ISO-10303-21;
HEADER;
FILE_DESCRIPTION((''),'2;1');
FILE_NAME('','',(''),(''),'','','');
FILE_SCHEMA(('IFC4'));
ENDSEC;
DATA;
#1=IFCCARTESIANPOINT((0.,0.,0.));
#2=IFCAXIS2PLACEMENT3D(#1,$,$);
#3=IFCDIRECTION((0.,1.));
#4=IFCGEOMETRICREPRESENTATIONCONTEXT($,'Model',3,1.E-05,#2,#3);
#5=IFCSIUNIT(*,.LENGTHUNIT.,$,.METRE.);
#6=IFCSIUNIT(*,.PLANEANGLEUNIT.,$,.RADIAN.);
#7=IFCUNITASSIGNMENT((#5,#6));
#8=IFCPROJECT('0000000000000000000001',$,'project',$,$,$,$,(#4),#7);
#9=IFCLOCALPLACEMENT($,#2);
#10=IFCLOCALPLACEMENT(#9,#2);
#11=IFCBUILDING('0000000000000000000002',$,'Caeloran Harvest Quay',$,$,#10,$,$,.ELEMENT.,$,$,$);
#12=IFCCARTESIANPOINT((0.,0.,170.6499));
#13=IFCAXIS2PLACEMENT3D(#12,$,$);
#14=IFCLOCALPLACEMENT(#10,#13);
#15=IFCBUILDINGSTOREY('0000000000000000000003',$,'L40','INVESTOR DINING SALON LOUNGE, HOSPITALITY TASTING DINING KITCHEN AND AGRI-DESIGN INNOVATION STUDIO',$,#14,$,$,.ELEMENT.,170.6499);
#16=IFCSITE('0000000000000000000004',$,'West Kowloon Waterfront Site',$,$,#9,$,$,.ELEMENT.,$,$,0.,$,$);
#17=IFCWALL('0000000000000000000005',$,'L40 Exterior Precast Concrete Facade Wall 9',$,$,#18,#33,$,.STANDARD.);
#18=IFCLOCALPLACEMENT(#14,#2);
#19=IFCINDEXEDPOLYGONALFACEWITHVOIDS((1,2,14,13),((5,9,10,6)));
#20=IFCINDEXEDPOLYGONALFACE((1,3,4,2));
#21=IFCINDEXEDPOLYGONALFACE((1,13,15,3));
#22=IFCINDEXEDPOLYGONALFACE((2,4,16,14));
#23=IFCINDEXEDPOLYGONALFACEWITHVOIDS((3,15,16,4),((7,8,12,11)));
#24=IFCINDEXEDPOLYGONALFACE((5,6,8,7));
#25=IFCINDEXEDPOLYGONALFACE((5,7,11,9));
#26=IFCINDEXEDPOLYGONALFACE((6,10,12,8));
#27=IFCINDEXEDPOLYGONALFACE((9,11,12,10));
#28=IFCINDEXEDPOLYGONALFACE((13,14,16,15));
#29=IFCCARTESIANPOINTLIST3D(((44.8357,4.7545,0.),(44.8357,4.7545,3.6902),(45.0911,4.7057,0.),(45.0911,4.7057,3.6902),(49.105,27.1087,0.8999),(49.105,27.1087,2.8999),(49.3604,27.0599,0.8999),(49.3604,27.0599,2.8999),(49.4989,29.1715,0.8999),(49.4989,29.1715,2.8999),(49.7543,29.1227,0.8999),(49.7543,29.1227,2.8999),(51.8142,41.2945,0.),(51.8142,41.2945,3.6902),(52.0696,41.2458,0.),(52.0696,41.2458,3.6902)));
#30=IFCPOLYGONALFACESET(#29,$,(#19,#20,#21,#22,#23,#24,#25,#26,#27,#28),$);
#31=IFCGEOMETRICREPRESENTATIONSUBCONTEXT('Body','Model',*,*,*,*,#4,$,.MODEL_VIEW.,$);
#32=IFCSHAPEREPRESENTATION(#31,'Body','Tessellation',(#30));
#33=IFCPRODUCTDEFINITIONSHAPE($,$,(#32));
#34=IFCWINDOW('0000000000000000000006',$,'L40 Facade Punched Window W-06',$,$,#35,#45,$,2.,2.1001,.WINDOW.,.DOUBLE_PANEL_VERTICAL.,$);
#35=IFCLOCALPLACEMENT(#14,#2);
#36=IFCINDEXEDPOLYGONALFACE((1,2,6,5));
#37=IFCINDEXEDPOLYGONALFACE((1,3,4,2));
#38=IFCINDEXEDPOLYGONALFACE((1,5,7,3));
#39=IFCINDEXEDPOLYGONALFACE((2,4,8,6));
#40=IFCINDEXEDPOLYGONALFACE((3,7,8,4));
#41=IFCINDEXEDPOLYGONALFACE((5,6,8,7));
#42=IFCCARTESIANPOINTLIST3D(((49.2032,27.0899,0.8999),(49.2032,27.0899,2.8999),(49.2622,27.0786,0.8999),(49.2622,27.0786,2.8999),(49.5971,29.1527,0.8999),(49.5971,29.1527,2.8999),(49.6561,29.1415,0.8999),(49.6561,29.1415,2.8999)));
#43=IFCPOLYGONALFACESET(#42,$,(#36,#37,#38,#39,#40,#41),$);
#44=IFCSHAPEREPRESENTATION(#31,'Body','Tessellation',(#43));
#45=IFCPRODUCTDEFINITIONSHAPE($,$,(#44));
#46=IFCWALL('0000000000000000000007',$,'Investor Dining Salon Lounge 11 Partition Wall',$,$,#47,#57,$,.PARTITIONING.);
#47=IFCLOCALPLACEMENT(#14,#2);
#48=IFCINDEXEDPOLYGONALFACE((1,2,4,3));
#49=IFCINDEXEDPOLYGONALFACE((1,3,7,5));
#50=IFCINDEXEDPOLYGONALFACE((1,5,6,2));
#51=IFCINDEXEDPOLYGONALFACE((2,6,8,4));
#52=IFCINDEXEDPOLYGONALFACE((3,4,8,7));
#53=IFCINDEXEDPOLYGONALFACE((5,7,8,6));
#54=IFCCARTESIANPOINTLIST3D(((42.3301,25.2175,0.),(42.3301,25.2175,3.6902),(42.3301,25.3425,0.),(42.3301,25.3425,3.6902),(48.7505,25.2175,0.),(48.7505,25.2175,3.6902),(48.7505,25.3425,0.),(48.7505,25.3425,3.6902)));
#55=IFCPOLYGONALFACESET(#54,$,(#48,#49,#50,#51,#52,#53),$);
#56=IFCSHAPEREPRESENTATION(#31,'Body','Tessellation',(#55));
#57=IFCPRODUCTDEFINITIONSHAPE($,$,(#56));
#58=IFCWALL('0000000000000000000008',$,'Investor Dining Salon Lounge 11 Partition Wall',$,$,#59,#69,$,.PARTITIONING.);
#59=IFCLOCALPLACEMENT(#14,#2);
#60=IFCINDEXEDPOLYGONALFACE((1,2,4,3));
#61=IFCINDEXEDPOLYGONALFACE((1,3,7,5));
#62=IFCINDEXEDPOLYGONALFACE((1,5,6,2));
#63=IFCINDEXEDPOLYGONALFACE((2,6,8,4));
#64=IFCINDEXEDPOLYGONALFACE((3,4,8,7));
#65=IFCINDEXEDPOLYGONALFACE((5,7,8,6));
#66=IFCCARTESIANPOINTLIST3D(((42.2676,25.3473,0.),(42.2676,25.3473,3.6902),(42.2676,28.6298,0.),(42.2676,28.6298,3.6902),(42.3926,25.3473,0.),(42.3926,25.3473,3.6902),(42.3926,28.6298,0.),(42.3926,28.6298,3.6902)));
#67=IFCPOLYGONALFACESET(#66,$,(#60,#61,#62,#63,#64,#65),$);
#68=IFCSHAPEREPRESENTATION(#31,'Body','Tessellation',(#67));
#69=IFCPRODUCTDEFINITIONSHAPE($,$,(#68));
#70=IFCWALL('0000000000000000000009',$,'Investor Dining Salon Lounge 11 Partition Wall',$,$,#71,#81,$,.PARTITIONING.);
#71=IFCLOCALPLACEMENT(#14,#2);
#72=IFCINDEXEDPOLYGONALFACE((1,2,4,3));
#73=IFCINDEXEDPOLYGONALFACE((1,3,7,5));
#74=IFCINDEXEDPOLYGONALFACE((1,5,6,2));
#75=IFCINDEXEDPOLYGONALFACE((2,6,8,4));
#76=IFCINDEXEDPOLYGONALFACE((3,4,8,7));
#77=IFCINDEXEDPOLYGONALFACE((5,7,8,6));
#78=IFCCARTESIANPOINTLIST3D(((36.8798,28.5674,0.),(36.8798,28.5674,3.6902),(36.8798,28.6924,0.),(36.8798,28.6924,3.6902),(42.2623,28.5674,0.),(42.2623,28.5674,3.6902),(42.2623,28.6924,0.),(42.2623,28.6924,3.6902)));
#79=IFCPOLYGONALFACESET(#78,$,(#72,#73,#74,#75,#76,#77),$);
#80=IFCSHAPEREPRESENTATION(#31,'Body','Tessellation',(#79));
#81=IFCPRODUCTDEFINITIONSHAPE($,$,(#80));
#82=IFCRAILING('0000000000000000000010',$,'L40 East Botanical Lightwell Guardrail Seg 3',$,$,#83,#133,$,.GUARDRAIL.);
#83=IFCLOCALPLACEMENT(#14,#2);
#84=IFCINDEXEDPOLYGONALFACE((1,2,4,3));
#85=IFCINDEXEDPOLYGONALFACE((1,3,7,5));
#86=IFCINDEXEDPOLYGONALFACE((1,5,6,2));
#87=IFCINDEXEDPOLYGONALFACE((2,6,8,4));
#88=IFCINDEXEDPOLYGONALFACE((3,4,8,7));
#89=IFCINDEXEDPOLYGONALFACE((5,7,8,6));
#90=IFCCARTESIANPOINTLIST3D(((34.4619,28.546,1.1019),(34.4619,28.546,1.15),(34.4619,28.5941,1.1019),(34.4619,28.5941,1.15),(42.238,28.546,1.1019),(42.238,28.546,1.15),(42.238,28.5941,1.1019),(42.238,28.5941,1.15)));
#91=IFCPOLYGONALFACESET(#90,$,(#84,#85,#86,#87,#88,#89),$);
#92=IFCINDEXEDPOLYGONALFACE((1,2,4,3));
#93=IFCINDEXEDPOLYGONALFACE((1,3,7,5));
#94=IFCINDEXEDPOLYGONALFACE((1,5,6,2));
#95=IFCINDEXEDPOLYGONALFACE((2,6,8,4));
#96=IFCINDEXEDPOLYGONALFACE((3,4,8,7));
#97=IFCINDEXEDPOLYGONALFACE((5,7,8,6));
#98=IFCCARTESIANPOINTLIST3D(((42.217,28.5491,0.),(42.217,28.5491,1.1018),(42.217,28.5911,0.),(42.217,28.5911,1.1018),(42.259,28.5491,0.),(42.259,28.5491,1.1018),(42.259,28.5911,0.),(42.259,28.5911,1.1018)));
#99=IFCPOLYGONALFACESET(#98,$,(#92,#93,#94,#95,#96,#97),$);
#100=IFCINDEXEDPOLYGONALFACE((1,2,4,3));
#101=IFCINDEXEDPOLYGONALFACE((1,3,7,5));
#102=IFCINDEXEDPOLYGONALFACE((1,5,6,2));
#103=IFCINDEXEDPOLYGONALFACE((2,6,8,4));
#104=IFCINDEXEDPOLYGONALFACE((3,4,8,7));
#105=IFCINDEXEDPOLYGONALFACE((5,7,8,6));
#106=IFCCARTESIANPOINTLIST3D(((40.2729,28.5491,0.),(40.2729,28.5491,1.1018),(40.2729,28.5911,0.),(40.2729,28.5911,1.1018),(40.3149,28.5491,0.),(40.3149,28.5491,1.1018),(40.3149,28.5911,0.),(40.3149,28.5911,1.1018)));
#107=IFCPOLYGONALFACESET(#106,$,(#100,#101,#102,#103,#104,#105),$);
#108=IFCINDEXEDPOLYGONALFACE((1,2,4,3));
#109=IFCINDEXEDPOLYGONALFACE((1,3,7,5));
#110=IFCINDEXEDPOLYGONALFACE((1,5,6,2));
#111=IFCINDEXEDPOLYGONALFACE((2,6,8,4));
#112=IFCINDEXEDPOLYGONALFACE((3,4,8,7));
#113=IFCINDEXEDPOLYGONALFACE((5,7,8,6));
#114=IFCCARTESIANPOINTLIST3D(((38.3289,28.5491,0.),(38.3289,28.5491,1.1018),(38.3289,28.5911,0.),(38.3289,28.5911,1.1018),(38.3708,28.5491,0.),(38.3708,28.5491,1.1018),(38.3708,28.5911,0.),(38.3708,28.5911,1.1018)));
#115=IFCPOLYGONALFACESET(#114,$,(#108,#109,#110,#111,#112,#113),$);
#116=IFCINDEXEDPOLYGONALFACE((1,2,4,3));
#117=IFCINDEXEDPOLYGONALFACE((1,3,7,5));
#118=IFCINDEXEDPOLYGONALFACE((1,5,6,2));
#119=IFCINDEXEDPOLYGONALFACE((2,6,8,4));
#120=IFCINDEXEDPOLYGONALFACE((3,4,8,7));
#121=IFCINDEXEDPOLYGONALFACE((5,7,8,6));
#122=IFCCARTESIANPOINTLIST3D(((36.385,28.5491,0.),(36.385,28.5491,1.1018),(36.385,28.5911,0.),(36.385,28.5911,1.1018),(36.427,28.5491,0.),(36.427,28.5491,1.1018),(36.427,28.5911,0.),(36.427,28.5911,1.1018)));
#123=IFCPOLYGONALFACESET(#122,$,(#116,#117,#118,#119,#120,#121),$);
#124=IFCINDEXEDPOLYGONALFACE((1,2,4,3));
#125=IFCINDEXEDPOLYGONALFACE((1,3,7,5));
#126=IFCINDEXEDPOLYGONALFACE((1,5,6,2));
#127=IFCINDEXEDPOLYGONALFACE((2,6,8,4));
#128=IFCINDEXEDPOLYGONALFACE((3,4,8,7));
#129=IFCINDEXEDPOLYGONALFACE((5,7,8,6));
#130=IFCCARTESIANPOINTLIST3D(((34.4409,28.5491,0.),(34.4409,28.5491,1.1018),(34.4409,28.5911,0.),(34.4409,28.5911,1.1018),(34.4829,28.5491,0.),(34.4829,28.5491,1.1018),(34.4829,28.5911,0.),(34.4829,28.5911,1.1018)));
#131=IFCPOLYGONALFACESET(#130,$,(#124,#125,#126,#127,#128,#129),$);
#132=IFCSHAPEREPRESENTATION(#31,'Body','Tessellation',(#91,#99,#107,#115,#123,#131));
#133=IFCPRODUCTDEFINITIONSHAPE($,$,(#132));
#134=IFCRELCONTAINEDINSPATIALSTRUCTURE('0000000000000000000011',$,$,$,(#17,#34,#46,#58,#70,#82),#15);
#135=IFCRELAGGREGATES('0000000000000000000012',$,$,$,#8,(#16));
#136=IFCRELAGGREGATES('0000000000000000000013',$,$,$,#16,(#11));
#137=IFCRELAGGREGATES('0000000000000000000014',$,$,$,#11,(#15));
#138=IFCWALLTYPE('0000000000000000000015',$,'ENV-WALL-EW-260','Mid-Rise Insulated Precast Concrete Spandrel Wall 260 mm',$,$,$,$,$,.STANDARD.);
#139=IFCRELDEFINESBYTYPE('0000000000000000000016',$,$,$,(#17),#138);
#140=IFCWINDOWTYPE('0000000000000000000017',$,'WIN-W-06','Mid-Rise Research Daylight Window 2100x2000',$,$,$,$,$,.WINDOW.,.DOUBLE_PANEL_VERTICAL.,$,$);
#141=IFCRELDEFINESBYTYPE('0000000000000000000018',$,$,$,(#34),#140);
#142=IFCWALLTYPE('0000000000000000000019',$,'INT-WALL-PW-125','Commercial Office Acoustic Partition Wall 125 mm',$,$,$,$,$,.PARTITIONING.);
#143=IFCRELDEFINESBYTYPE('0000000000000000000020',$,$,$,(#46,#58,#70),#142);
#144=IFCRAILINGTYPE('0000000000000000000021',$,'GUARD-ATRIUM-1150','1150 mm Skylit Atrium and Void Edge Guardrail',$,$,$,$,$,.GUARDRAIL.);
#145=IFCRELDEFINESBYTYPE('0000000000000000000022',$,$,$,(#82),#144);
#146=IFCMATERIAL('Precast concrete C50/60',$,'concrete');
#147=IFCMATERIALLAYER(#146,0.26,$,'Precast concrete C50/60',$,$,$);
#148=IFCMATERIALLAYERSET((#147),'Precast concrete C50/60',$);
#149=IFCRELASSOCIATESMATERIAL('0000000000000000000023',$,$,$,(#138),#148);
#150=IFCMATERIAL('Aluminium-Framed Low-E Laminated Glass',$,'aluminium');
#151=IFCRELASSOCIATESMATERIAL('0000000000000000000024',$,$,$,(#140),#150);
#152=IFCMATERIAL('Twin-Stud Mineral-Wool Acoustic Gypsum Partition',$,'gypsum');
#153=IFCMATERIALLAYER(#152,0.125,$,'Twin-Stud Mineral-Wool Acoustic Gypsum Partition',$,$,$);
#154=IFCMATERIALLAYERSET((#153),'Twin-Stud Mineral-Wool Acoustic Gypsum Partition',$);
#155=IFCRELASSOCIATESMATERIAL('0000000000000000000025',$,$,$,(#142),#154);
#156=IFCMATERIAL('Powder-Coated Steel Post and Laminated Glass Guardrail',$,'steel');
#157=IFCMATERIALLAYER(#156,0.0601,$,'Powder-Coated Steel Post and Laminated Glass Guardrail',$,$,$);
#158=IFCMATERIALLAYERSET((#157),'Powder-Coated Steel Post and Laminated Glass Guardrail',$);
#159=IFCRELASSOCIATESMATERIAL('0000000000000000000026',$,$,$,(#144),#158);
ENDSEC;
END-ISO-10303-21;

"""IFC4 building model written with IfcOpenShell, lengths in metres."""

from ifc_helpers import new_model, si_unit, direction, frame, frame_2d, origin, origin_2d, place, context, subcontext, project, spatial, rectangle, extrude, material, layer, layer_set, type_object, element, fill, save


model = new_model("IFC4")

# Units and contexts
model_context = context("Model", 3, precision=1e-05, world=origin(), true_north=direction((0.0, 1.0)))
body_context = subcontext(model_context, "Body", "Model", "MODEL_VIEW")
ifc_project = project(units=[si_unit("LENGTHUNIT", "METRE"), si_unit("PLANEANGLEUNIT", "RADIAN")], contexts=[model_context])

# Site, building, storey
site_placement = place(None, origin())
site = spatial("IfcSite", under=ifc_project, at=site_placement, Name="West Kowloon Waterfront Site", CompositionType="ELEMENT", RefElevation=0.0)
building_placement = place(site_placement, origin())
building = spatial("IfcBuilding", under=site, at=building_placement, Name="Caeloran Harvest Quay", CompositionType="ELEMENT")
storey_placement = place(building_placement, frame((0.0, 0.0, 170.6499)))
storey = spatial("IfcBuildingStorey", under=building, at=storey_placement, Name="L40", Description="INVESTOR DINING SALON LOUNGE, HOSPITALITY TASTING DINING KITCHEN AND AGRI-DESIGN INNOVATION STUDIO", CompositionType="ELEMENT", Elevation=170.6499)

# Shared definitions
ifc_material_1 = material(Name="Precast concrete C50/60", Category="concrete")
ifc_layer_1 = layer(ifc_material_1, 0.26, Name="Precast concrete C50/60")
ifc_layer_set_1 = layer_set([ifc_layer_1], Name="Precast concrete C50/60")
wall_type_1 = type_object("IfcWallType", Name="ENV-WALL-EW-260", Description="Mid-Rise Insulated Precast Concrete Spandrel Wall 260 mm", PredefinedType="STANDARD", material=ifc_layer_set_1)

# Wall, opening, window
wall_1_placement = place(storey_placement, frame((51.9419, 41.27, 0.0), z_axis=(0.0, 0.0, 1.0), x_axis=(-0.187592, -0.982247, 0.0)))
wall_1 = element("IfcWall", 1, at=wall_1_placement, inside=storey, type_object=wall_type_1, Name="L40 Exterior Precast Concrete Facade Wall 9", PredefinedType="STANDARD", context=body_context, shape_type="SweptSolid", body=[
    extrude(rectangle(XDim=37.2004, YDim=0.26, at=frame_2d((18.6001, 0.0))), origin(), (0.0, 0.0, 1.0), 3.6902),
])
opening_placement = place(wall_1_placement, frame((12.342, 0.0, 0.8999)))
opening = element("IfcOpeningElement", 2, at=opening_placement, cuts=wall_1, PredefinedType="OPENING", context=body_context, shape_type="SweptSolid", body=[
    extrude(rectangle(XDim=2.1001, YDim=2.0, at=frame_2d((1.05, 1.0))), frame((0.0, 0.1401, 0.0), z_axis=(0.0, -1.0, 0.0), x_axis=(1.0, 0.0, 0.0)), (0.0, 0.0, 1.0), 0.28),
])
ifc_material_2 = material(Name="Aluminium-Framed Low-E Laminated Glass", Category="aluminium")
window_type = type_object("IfcWindowType", Name="WIN-W-06", Description="Mid-Rise Research Daylight Window 2100x2000", PartitioningType="DOUBLE_PANEL_VERTICAL", PredefinedType="WINDOW", material=ifc_material_2)
window_placement = place(opening_placement, origin())
window = element("IfcWindow", 3, at=window_placement, inside=storey, type_object=window_type, Name="L40 Facade Punched Window W-06", OverallHeight=2.0, OverallWidth=2.1001, PartitioningType="DOUBLE_PANEL_VERTICAL", PredefinedType="WINDOW", context=body_context, shape_type="SweptSolid", body=[
    extrude(rectangle(XDim=2.1001, YDim=2.0, at=frame_2d((1.05, 1.0))), frame((0.0, 0.03, 0.0), z_axis=(0.0, -1.0, 0.0), x_axis=(1.0, 0.0, 0.0)), (0.0, 0.0, 1.0), 0.0601),
])
fill(opening, window)

# Walls
ifc_material_3 = material(Name="Twin-Stud Mineral-Wool Acoustic Gypsum Partition", Category="gypsum")
ifc_layer_2 = layer(ifc_material_3, 0.125, Name="Twin-Stud Mineral-Wool Acoustic Gypsum Partition")
ifc_layer_set_2 = layer_set([ifc_layer_2], Name="Twin-Stud Mineral-Wool Acoustic Gypsum Partition")
wall_type_2 = type_object("IfcWallType", Name="INT-WALL-PW-125", Description="Commercial Office Acoustic Partition Wall 125 mm", PredefinedType="PARTITIONING", material=ifc_layer_set_2)
wall_2_placement = place(storey_placement, frame((48.7505, 25.28, 0.0), z_axis=(0.0, 0.0, 1.0), x_axis=(-1.0, 0.0, 0.0)))
element("IfcWall", 4, at=wall_2_placement, inside=storey, type_object=wall_type_2, Name="Investor Dining Salon Lounge 11 Partition Wall", PredefinedType="PARTITIONING", context=body_context, shape_type="SweptSolid", body=[
    extrude(rectangle(XDim=6.4204, YDim=0.125, at=frame_2d((3.2102, 0.0))), origin(), (0.0, 0.0, 1.0), 3.6902),
])
wall_3_placement = place(storey_placement, frame((42.3301, 25.3474, 0.0), z_axis=(0.0, 0.0, 1.0), x_axis=(0.0, 1.0, 0.0)))
element("IfcWall", 5, at=wall_3_placement, inside=storey, type_object=wall_type_2, Name="Investor Dining Salon Lounge 11 Partition Wall", PredefinedType="PARTITIONING", context=body_context, shape_type="SweptSolid", body=[
    extrude(rectangle(XDim=3.2825, YDim=0.125, at=frame_2d((1.6411, 0.0))), origin(), (0.0, 0.0, 1.0), 3.6902),
])
wall_4_placement = place(storey_placement, frame((42.2625, 28.6299, 0.0), z_axis=(0.0, 0.0, 1.0), x_axis=(-1.0, 0.0, 0.0)))
element("IfcWall", 6, at=wall_4_placement, inside=storey, type_object=wall_type_2, Name="Investor Dining Salon Lounge 11 Partition Wall", PredefinedType="PARTITIONING", context=body_context, shape_type="SweptSolid", body=[
    extrude(rectangle(XDim=5.3826, YDim=0.125, at=frame_2d((2.6914, 0.0))), origin(), (0.0, 0.0, 1.0), 3.6902),
])

# Railing
ifc_material_4 = material(Name="Powder-Coated Steel Post and Laminated Glass Guardrail", Category="steel")
ifc_layer_3 = layer(ifc_material_4, 0.0601, Name="Powder-Coated Steel Post and Laminated Glass Guardrail")
ifc_layer_set_3 = layer_set([ifc_layer_3], Name="Powder-Coated Steel Post and Laminated Glass Guardrail")
railing_type = type_object("IfcRailingType", Name="GUARD-ATRIUM-1150", Description="1150 mm Skylit Atrium and Void Edge Guardrail", PredefinedType="GUARDRAIL", material=ifc_layer_set_3)
railing_placement = place(storey_placement, frame((42.238, 28.5701, 0.0)))
element("IfcRailing", 7, at=railing_placement, inside=storey, type_object=railing_type, Name="L40 East Botanical Lightwell Guardrail Seg 3", PredefinedType="GUARDRAIL", context=body_context, shape_type="SweptSolid", body=[
    extrude(rectangle(XDim=0.0481, YDim=0.0481, at=origin_2d()), frame((0.0, 0.0, 1.126), z_axis=(-1.0, 0.0, 0.0), x_axis=(0.0, -1.0, 0.0)), (0.0, 0.0, 1.0), 7.7761),
    extrude(rectangle(XDim=0.042, YDim=0.042, at=origin_2d()), origin(), (0.0, 0.0, 1.0), 1.1018),
    extrude(rectangle(XDim=0.042, YDim=0.042, at=origin_2d()), frame((-1.9441, 0.0, 0.0)), (0.0, 0.0, 1.0), 1.1018),
    extrude(rectangle(XDim=0.042, YDim=0.042, at=origin_2d()), frame((-3.8882, 0.0, 0.0)), (0.0, 0.0, 1.0), 1.1018),
    extrude(rectangle(XDim=0.042, YDim=0.042, at=origin_2d()), frame((-5.832, 0.0, 0.0)), (0.0, 0.0, 1.0), 1.1018),
    extrude(rectangle(XDim=0.042, YDim=0.042, at=origin_2d()), frame((-7.7761, 0.0, 0.0)), (0.0, 0.0, 1.0), 1.1018),
])

save(model, "model.ifc")
